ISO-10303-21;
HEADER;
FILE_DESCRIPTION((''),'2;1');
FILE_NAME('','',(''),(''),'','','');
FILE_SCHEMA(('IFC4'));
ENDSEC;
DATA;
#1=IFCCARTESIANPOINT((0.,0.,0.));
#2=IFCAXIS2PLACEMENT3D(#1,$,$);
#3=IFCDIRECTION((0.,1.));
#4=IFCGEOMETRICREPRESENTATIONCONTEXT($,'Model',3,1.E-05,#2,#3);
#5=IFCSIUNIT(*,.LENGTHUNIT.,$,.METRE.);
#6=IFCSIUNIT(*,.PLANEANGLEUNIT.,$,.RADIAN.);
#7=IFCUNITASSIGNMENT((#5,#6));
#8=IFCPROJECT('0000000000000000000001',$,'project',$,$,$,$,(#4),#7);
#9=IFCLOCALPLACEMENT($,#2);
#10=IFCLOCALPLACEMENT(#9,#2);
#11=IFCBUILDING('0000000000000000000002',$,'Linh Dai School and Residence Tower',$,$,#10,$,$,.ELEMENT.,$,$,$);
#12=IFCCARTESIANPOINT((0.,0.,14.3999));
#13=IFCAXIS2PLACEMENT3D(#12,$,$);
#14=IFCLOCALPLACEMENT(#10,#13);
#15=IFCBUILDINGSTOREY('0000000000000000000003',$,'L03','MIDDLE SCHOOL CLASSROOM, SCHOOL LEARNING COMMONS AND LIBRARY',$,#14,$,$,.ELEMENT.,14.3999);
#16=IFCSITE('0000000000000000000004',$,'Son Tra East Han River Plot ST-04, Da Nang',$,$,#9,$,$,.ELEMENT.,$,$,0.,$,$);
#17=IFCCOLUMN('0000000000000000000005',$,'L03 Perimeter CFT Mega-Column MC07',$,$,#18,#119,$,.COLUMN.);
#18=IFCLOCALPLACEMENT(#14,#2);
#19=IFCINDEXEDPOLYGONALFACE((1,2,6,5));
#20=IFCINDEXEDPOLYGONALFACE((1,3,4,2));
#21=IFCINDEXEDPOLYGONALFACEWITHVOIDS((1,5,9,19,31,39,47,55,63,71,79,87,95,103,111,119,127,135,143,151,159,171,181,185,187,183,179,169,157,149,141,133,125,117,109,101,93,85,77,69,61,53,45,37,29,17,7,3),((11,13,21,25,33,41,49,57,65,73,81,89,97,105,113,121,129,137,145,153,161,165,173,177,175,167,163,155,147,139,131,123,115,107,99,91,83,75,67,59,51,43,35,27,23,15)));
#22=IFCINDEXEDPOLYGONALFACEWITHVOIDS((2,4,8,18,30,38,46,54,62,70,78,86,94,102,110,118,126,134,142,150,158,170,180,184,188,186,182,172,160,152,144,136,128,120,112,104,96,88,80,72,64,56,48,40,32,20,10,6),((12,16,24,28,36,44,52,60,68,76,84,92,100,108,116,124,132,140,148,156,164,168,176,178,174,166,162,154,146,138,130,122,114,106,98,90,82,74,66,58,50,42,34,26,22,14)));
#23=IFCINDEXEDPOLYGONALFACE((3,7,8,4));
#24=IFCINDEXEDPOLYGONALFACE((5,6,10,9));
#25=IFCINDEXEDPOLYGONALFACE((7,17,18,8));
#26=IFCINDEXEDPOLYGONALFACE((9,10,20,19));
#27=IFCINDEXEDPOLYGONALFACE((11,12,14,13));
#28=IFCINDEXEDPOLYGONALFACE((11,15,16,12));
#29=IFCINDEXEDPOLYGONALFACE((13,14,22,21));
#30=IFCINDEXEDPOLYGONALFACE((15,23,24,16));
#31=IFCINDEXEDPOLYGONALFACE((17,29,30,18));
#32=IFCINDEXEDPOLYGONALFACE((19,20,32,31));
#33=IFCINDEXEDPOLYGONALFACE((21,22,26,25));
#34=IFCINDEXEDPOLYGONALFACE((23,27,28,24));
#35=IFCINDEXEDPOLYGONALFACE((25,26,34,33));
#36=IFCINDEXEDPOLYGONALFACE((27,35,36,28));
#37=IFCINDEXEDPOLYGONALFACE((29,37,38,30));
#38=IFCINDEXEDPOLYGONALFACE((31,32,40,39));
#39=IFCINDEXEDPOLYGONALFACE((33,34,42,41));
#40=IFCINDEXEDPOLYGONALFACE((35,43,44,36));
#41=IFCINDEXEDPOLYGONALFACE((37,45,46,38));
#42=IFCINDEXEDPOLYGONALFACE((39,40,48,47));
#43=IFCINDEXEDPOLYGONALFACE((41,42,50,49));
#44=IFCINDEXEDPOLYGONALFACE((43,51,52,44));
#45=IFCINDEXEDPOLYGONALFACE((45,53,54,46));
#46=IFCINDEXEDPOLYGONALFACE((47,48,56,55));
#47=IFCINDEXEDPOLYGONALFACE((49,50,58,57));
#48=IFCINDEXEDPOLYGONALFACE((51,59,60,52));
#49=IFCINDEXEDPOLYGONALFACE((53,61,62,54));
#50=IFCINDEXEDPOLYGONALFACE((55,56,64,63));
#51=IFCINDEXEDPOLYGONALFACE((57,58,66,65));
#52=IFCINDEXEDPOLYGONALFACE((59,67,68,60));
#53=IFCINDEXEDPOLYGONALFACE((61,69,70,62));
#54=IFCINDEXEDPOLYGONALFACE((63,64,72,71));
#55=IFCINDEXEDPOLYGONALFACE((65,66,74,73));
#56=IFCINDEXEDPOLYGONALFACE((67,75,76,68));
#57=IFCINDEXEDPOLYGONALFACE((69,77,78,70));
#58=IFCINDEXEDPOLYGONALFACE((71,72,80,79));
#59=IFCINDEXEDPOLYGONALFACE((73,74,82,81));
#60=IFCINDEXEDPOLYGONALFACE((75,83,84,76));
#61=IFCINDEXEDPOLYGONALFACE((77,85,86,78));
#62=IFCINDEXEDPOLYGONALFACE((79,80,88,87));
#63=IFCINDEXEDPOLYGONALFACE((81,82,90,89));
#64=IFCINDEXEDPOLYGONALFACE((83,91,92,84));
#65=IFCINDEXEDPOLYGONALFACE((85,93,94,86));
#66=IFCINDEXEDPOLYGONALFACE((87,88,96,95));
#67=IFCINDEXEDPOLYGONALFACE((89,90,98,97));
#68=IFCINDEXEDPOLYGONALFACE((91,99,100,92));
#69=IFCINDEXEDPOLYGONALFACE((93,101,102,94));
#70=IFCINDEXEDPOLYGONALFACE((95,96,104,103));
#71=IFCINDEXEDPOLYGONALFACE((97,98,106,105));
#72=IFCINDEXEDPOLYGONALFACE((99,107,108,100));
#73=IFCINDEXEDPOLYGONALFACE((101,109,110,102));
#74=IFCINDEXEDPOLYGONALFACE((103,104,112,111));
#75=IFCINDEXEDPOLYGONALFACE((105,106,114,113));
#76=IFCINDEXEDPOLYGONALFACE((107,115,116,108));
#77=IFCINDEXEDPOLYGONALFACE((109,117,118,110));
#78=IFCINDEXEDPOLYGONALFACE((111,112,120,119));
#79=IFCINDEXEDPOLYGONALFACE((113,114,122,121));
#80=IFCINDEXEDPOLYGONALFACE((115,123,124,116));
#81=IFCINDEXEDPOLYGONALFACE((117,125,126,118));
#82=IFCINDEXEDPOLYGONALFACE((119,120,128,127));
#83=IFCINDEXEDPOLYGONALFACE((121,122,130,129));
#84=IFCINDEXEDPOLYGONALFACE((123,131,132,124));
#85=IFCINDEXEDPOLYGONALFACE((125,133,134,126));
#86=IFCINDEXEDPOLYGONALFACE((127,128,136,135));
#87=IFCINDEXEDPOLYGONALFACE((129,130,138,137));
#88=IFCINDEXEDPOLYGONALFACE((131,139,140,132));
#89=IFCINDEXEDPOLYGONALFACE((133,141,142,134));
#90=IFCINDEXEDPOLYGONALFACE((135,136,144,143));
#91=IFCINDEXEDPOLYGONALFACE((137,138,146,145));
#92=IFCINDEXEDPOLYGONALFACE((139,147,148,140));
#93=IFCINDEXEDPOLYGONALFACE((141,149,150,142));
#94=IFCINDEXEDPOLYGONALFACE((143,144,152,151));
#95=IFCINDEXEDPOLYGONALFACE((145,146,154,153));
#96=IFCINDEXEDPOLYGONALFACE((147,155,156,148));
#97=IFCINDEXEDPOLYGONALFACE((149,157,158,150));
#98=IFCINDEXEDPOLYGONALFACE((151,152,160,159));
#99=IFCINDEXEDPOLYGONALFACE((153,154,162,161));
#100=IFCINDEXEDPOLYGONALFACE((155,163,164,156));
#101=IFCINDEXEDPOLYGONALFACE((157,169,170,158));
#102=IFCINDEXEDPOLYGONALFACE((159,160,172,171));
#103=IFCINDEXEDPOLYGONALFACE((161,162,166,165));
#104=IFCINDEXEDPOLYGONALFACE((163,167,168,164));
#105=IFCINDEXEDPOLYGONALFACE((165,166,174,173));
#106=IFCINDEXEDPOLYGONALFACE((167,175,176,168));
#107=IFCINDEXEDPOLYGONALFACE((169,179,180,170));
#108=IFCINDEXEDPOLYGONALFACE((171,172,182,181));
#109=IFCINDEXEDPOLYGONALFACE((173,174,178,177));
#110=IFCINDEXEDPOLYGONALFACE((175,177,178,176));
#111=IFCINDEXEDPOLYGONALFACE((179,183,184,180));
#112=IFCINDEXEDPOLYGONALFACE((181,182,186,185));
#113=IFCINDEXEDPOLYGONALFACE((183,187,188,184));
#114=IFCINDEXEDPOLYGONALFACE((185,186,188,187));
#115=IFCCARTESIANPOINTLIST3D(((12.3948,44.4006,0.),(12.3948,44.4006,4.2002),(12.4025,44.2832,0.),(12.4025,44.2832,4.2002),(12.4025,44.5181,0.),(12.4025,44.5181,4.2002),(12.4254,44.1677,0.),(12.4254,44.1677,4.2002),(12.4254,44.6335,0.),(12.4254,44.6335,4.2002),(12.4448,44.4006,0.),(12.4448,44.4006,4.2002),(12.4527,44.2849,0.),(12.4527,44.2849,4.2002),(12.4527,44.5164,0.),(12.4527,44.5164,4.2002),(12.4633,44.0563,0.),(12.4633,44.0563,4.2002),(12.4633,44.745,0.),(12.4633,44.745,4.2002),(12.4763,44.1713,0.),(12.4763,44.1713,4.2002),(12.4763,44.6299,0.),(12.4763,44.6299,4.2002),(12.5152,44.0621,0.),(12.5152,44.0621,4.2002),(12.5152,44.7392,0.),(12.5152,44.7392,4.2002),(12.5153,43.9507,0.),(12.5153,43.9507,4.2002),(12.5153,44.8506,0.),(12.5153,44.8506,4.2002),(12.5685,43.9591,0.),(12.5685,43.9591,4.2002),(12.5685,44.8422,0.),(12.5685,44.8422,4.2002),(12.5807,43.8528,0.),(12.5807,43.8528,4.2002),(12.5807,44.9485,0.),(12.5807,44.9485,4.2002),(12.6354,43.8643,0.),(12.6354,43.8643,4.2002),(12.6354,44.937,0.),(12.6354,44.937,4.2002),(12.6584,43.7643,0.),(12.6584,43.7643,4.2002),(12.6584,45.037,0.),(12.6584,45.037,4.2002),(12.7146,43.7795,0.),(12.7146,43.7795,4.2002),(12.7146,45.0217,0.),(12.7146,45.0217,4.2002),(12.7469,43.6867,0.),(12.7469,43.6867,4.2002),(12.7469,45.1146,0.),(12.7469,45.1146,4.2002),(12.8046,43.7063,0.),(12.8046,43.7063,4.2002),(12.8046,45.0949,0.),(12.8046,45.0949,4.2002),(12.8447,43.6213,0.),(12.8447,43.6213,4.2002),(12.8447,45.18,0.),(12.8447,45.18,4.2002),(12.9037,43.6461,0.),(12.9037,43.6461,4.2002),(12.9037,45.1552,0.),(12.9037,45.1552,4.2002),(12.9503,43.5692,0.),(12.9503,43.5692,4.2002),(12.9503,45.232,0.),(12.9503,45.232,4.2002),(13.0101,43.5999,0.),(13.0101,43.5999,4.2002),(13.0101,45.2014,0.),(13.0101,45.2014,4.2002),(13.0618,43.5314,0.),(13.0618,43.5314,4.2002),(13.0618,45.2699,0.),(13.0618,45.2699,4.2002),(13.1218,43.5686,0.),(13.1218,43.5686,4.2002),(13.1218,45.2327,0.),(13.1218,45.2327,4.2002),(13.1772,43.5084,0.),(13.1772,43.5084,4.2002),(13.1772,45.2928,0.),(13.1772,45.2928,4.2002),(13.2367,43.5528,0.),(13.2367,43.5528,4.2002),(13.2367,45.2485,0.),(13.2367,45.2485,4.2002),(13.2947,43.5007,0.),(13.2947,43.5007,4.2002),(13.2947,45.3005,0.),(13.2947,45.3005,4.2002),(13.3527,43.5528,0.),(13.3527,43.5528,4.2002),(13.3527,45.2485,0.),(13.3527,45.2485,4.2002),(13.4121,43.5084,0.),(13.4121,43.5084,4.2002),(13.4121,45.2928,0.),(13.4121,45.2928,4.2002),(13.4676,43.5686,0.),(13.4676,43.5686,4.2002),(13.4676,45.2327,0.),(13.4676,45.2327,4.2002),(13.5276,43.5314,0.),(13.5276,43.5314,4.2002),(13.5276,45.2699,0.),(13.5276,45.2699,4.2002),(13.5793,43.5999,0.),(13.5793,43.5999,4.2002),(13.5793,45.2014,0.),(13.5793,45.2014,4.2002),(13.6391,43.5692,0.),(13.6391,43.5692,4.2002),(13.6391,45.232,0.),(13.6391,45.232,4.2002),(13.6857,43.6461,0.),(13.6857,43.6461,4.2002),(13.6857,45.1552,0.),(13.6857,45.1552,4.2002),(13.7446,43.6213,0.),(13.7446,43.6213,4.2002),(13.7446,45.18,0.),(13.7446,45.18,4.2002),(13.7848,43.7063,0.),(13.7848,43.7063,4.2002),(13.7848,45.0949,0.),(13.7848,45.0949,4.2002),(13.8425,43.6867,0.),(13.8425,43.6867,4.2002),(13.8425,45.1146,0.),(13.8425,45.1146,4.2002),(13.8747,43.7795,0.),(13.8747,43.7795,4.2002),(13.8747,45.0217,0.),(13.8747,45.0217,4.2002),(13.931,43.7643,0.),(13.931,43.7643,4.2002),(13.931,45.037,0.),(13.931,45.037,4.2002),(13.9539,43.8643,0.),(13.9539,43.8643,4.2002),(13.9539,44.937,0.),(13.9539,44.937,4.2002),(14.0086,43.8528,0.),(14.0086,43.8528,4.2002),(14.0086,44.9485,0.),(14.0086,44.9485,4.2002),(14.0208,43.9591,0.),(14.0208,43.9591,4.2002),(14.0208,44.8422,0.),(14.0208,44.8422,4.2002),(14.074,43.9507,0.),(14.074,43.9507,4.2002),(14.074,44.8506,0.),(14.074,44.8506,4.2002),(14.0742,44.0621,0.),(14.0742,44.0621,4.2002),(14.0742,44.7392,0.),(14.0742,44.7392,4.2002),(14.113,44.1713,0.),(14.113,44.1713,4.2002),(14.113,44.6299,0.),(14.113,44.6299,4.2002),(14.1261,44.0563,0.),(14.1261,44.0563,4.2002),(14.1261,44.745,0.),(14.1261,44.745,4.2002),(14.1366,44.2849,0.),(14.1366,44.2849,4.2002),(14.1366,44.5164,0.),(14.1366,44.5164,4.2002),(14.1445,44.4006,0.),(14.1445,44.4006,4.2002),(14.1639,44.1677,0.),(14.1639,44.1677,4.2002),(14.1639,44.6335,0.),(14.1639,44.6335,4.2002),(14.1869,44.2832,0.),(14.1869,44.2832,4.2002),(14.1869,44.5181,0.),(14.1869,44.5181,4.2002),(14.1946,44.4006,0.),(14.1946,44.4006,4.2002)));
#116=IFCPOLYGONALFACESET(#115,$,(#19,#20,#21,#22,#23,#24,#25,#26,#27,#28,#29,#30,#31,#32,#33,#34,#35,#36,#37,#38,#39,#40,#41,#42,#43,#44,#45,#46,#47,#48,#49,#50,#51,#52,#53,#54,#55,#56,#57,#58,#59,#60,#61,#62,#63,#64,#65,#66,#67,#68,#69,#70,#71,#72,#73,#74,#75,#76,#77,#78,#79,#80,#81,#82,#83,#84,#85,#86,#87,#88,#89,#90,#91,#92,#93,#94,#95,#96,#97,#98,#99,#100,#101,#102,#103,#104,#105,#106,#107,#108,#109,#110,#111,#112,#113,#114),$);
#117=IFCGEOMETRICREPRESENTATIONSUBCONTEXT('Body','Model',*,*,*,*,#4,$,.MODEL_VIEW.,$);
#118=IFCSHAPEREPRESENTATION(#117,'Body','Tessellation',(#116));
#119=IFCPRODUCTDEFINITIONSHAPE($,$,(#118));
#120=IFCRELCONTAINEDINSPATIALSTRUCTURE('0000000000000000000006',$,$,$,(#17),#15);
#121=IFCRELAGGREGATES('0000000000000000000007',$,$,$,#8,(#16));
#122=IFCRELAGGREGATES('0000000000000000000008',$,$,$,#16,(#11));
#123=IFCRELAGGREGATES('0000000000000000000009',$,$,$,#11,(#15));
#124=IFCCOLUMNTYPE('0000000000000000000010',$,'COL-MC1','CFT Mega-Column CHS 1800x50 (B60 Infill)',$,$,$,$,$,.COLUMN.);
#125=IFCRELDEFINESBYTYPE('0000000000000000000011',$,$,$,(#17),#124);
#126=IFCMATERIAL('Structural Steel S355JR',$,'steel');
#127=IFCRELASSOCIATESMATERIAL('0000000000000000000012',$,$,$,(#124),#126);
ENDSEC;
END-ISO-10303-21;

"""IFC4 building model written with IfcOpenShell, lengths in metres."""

from ifc_helpers import new_model, si_unit, direction, frame, origin, origin_2d, place, context, subcontext, project, spatial, hollow_circle, extrude, material, material_profile, profile_set, type_object, element, save


model = new_model("IFC4")

# Units and contexts
model_context = context("Model", 3, precision=1e-05, world=origin(), true_north=direction((0.0, 1.0)))
body_context = subcontext(model_context, "Body", "Model", "MODEL_VIEW")
ifc_project = project(units=[si_unit("LENGTHUNIT", "METRE"), si_unit("PLANEANGLEUNIT", "RADIAN")], contexts=[model_context])

# Site, building, storey
site_placement = place(None, origin())
site = spatial("IfcSite", under=ifc_project, at=site_placement, Name="Son Tra East Han River Plot ST-04, Da Nang", CompositionType="ELEMENT", RefElevation=0.0)
building_placement = place(site_placement, origin())
building = spatial("IfcBuilding", under=site, at=building_placement, Name="Linh Dai School and Residence Tower", CompositionType="ELEMENT")
storey_placement = place(building_placement, frame((0.0, 0.0, 14.3999)))
storey = spatial("IfcBuildingStorey", under=building, at=storey_placement, Name="L03", Description="MIDDLE SCHOOL CLASSROOM, SCHOOL LEARNING COMMONS AND LIBRARY", CompositionType="ELEMENT", Elevation=14.3999)

# Column
ifc_material_1 = material(Name="Structural Steel S355JR", Category="steel")
ifc_material_profile_1 = material_profile(ifc_material_1, hollow_circle(Radius=0.8999, WallThickness=0.05, at=origin_2d()), Name="CHS 1800x50")
ifc_profile_set_1 = profile_set([ifc_material_profile_1], Name="Structural Steel S355JR")
column_type = type_object("IfcColumnType", Name="COL-MC1", Description="CFT Mega-Column CHS 1800x50 (B60 Infill)", PredefinedType="COLUMN", material=ifc_profile_set_1)
for number, where, z_axis, x_axis, name in (
    (1, (13.2947, 44.4006, 0.0), (0.0, 0.0, 1.0), (1.0, 0.0, 0.0), "L03 Perimeter CFT Mega-Column MC07"),
):
    element("IfcColumn", number, at=place(storey_placement, frame(where, z_axis=z_axis, x_axis=x_axis)), inside=storey, type_object=column_type, Name=name, PredefinedType="COLUMN", context=body_context, shape_type="SweptSolid", body=[
        extrude(hollow_circle(Radius=0.8999, WallThickness=0.05, at=origin_2d()), origin(), (0.0, 0.0, 1.0), 4.2002),
    ])

save(model, "model.ifc")
